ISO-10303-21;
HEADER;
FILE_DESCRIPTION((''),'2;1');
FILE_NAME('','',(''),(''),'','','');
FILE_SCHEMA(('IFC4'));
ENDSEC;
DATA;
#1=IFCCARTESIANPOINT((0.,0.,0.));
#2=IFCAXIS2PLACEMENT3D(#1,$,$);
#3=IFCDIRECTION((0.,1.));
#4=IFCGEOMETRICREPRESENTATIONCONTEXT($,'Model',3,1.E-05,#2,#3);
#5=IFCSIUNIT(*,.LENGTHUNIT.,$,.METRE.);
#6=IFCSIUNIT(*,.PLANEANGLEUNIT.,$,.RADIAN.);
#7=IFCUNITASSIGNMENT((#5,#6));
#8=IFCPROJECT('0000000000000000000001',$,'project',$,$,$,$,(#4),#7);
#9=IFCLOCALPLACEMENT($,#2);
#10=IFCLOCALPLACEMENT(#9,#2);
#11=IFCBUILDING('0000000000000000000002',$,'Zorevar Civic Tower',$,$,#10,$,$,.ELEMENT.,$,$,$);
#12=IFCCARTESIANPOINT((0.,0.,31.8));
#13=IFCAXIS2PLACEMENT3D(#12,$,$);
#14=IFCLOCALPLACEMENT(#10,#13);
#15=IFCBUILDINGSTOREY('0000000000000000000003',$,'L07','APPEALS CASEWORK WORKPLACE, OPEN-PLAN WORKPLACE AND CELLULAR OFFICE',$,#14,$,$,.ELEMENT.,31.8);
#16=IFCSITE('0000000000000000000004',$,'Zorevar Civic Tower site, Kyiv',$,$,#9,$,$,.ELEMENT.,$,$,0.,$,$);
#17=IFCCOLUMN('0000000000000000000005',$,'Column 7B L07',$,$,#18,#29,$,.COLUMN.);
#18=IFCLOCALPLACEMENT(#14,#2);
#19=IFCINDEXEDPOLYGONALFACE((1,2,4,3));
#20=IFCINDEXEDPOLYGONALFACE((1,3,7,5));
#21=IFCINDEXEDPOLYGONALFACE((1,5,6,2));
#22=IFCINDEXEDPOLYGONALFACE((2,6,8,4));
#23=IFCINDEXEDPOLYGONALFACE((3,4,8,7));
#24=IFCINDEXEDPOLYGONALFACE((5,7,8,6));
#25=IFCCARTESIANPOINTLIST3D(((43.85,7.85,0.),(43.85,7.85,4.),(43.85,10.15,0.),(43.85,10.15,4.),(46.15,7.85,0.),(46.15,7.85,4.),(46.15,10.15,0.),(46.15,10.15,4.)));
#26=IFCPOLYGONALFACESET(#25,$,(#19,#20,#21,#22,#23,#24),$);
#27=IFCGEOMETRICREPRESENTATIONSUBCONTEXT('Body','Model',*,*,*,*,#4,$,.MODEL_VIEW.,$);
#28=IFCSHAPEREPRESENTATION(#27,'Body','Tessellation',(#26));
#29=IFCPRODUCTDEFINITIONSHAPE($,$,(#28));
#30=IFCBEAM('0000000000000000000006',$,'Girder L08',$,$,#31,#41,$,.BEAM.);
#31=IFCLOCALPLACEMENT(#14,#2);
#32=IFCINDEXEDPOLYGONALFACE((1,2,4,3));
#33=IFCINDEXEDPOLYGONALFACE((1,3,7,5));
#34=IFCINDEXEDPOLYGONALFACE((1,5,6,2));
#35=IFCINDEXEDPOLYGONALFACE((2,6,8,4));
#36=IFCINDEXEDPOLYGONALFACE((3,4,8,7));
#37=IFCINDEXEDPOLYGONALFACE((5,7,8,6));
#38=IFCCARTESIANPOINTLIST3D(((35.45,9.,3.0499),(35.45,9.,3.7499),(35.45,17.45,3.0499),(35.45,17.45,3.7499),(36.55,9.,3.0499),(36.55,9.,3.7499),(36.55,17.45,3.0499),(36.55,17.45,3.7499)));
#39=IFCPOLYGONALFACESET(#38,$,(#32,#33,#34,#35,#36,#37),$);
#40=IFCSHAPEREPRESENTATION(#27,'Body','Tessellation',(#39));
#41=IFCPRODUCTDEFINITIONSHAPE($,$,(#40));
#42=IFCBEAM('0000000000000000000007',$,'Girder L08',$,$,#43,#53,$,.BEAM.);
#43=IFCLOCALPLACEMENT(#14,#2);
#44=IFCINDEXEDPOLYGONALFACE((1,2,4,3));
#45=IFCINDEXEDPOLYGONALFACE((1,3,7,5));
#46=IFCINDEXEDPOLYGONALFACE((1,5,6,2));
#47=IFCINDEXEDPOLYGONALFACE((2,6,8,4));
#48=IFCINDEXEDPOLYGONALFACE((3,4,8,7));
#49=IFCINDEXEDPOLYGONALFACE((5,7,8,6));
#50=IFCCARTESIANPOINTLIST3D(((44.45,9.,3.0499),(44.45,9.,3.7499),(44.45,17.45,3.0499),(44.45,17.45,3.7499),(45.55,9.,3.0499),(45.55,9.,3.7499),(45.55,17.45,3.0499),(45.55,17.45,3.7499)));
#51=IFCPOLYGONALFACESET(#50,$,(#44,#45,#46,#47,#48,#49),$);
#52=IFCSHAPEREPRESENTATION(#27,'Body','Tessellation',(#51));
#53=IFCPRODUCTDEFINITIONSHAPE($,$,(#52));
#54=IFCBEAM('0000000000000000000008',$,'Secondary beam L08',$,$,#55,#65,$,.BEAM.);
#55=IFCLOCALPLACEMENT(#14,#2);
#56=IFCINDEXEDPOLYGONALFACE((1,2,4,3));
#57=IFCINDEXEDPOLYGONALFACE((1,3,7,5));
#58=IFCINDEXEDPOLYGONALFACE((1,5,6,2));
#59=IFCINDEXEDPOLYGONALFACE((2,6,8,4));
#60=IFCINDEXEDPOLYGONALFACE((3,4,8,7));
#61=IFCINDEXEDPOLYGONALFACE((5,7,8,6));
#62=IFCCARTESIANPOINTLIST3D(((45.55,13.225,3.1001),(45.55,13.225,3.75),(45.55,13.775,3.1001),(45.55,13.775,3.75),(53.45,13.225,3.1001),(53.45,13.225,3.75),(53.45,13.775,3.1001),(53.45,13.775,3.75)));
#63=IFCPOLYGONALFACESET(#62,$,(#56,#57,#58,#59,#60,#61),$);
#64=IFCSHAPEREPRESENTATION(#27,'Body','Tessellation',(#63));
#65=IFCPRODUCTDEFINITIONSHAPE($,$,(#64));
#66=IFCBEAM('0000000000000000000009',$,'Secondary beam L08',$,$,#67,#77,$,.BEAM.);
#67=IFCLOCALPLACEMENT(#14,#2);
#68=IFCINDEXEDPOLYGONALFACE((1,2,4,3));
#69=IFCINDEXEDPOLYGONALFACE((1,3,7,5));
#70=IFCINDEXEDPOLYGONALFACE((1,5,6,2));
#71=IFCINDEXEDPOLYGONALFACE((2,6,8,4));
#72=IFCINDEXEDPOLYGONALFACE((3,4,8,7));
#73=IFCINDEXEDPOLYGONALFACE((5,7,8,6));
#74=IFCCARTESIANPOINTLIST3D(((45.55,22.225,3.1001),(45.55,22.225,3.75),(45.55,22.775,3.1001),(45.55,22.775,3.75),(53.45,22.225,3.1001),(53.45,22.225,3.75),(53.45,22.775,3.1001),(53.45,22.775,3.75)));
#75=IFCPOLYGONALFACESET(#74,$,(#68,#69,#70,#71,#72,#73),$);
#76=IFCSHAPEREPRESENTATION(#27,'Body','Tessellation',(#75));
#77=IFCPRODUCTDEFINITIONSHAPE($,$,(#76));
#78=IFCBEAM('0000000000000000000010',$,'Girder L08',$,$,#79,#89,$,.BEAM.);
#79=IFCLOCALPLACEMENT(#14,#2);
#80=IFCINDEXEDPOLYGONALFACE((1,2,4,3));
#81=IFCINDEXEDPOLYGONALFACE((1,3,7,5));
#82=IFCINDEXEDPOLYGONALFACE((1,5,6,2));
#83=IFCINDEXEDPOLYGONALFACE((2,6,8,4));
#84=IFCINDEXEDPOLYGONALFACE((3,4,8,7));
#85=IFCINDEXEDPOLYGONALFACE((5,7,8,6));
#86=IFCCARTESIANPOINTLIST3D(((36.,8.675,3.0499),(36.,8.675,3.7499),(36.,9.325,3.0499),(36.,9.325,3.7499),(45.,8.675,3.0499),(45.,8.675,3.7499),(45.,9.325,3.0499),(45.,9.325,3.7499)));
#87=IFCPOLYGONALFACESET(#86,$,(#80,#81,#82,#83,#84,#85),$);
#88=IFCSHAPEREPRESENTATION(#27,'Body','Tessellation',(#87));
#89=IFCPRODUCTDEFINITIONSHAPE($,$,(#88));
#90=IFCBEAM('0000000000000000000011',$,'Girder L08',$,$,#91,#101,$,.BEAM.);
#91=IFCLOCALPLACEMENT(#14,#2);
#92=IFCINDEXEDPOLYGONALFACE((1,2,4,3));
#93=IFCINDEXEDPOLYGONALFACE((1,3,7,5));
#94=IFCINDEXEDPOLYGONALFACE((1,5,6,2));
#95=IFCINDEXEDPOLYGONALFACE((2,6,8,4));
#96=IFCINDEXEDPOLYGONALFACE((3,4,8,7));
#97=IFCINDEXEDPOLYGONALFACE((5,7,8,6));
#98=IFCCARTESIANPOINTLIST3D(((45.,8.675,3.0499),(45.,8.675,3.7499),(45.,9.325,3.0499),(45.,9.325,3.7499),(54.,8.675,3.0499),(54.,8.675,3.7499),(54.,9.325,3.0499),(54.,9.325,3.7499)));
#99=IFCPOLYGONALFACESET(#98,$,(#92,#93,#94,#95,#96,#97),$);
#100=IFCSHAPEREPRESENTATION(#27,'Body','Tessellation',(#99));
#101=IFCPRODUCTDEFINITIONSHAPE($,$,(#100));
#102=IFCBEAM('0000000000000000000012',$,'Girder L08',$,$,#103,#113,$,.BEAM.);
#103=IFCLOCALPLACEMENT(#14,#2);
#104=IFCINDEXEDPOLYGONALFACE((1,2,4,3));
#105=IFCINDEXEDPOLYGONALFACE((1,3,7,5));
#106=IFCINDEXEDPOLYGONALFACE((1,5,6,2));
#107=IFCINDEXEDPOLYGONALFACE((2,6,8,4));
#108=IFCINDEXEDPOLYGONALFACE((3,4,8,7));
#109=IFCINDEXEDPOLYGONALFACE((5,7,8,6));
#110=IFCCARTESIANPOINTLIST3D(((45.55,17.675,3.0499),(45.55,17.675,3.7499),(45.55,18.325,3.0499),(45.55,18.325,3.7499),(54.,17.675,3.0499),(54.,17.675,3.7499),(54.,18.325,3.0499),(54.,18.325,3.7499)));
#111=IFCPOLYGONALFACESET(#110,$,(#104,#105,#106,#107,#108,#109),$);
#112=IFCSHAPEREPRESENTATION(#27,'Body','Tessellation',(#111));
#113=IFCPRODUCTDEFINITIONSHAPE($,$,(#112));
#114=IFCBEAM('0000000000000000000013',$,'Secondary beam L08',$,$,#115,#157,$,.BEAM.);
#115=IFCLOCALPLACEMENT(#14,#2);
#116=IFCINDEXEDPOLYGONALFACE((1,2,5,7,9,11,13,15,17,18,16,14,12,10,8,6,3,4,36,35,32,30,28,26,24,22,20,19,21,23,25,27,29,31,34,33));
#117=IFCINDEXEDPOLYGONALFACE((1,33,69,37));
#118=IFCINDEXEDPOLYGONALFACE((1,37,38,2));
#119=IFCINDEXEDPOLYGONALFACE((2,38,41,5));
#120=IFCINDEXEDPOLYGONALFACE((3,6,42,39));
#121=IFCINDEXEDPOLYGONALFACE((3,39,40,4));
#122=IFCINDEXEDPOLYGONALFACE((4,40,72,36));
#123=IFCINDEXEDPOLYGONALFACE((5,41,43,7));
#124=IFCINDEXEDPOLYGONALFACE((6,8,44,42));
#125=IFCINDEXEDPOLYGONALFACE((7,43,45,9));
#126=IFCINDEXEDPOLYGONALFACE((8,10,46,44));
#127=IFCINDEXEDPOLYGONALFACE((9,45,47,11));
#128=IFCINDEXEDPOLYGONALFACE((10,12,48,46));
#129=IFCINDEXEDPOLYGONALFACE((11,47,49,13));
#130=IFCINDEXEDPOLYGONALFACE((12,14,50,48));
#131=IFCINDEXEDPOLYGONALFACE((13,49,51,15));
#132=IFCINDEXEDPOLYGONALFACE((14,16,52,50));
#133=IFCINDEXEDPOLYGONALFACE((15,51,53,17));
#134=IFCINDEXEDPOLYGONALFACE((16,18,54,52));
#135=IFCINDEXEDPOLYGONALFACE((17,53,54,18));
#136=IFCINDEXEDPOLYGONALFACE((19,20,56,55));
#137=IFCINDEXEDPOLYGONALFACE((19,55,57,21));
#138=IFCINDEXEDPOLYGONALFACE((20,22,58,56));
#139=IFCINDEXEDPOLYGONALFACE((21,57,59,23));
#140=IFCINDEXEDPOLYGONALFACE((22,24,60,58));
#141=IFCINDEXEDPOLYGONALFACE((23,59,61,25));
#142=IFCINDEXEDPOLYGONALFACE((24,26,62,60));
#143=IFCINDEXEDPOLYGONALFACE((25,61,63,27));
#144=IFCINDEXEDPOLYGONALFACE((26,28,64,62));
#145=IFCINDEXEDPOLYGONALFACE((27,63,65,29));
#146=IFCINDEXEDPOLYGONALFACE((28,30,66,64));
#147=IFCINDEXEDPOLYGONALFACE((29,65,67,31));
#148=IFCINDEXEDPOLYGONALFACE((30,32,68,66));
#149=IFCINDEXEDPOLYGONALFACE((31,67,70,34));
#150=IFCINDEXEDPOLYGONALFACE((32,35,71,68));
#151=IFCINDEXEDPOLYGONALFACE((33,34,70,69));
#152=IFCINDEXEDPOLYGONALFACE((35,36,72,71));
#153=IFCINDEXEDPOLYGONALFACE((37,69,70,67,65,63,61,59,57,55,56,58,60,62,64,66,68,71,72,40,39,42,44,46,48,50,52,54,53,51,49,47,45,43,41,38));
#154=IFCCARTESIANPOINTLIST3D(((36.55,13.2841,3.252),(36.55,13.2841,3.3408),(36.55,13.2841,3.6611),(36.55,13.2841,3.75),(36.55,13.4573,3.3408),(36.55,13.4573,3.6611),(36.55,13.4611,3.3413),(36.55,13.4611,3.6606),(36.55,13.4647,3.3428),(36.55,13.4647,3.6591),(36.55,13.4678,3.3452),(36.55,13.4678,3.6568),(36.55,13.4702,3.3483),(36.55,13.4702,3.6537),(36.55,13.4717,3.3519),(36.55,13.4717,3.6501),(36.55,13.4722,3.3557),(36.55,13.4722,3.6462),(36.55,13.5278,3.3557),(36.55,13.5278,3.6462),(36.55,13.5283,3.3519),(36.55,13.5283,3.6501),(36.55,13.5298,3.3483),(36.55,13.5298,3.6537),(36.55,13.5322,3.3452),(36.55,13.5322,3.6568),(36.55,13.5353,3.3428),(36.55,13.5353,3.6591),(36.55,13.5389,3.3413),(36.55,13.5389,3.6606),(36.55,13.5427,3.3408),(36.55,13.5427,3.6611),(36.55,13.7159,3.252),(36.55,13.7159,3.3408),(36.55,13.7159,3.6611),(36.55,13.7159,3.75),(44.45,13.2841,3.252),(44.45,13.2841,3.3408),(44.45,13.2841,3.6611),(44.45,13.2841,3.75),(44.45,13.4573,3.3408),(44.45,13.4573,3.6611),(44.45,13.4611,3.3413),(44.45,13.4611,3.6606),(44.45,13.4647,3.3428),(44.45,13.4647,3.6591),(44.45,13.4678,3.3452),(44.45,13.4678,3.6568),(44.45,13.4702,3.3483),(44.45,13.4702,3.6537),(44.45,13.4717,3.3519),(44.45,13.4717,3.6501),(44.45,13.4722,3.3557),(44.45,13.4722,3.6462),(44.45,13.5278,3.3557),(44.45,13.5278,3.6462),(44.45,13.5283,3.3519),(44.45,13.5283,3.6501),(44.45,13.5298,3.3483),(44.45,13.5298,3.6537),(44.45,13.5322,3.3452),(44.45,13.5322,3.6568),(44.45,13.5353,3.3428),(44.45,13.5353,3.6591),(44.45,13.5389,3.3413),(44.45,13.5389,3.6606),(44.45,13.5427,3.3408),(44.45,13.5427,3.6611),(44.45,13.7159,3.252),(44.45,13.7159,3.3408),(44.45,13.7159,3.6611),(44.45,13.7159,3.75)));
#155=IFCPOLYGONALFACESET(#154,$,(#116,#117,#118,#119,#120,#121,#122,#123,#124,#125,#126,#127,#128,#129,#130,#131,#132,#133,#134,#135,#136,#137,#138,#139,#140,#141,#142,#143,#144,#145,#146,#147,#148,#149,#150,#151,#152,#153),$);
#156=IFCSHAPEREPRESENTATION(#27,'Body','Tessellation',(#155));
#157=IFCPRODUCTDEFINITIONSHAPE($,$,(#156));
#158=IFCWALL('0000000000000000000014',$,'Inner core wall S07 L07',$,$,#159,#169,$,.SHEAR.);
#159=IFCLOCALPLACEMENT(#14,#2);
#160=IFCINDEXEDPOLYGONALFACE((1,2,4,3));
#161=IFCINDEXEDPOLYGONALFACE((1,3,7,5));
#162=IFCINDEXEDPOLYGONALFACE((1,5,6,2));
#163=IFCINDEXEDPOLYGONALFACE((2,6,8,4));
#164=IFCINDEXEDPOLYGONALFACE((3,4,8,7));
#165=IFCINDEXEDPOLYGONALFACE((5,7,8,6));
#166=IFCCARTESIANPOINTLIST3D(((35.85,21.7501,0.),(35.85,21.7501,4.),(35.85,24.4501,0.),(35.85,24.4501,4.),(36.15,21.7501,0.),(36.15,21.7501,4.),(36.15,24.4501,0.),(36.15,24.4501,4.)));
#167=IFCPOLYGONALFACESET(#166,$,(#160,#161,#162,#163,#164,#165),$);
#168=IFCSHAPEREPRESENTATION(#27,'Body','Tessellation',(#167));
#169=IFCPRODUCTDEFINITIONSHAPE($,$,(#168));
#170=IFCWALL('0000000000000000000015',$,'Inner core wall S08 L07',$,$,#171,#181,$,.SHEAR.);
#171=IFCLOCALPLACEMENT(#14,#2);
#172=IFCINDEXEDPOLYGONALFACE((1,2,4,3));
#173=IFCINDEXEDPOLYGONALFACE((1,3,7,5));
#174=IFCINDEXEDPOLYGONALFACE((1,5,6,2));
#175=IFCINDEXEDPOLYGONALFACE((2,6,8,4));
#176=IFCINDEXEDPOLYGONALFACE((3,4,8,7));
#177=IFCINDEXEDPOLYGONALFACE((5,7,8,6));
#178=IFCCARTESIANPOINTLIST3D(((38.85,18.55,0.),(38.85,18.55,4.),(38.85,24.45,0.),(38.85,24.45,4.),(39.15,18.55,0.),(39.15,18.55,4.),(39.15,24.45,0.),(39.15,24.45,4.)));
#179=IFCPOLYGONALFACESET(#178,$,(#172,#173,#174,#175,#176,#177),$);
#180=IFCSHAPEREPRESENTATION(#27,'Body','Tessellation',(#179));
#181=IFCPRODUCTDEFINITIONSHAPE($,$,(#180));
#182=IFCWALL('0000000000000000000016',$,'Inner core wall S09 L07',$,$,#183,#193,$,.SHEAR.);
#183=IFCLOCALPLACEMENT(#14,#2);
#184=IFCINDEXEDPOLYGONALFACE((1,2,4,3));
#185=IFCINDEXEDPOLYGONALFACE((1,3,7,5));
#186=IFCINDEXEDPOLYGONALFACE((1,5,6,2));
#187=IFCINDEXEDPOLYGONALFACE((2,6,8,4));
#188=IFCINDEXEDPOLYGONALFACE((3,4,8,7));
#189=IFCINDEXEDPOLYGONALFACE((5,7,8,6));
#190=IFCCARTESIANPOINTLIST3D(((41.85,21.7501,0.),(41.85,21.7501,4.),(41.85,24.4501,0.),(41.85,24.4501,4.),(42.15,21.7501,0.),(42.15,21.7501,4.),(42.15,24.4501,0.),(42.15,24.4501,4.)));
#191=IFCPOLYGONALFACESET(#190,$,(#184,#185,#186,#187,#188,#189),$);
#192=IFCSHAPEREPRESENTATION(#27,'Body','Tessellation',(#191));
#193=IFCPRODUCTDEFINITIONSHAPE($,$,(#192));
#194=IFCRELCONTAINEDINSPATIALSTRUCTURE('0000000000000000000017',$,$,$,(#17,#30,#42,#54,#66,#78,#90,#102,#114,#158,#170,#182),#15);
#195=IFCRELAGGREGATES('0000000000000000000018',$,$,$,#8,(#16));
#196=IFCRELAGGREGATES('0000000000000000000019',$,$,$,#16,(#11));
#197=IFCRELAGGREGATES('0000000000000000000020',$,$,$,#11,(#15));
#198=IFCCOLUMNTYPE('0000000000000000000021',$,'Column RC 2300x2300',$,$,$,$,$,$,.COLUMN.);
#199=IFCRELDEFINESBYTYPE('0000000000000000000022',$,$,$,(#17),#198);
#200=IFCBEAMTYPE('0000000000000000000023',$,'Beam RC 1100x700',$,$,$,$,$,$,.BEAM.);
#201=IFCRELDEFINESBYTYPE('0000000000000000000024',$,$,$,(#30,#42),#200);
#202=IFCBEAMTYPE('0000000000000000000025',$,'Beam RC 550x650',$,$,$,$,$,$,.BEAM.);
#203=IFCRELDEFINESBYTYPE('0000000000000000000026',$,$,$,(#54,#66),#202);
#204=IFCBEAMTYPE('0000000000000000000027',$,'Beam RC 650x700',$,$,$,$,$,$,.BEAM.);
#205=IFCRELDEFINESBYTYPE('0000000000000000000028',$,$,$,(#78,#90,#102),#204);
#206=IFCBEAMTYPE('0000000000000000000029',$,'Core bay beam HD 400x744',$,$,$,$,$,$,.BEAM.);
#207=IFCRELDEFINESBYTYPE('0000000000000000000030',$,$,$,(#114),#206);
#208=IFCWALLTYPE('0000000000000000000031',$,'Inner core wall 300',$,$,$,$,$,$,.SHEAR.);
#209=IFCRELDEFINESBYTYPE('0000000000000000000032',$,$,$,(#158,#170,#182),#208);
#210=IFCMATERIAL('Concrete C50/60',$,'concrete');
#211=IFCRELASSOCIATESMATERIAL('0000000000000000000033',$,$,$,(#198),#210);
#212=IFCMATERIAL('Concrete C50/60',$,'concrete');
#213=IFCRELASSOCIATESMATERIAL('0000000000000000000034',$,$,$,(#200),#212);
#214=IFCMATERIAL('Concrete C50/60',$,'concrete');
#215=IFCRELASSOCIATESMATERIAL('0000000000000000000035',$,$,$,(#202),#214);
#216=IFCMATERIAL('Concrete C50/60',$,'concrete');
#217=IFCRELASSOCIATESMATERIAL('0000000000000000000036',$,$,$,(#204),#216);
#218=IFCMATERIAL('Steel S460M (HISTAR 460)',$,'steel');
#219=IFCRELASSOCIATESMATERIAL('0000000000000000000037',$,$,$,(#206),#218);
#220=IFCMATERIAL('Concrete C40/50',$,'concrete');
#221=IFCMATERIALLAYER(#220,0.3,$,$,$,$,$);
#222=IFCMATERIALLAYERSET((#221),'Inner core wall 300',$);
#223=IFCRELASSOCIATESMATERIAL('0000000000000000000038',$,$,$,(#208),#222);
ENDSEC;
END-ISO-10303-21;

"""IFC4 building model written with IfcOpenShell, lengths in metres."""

from ifc_helpers import new_model, si_unit, direction, frame, frame_2d, origin, origin_2d, place, context, subcontext, project, spatial, rectangle, i_section, extrude, material, layer, layer_set, material_profile, profile_set, type_object, element, save


model = new_model("IFC4")

# Units and contexts
model_context = context("Model", 3, precision=1e-05, world=origin(), true_north=direction((0.0, 1.0)))
body_context = subcontext(model_context, "Body", "Model", "MODEL_VIEW")
ifc_project = project(units=[si_unit("LENGTHUNIT", "METRE"), si_unit("PLANEANGLEUNIT", "RADIAN")], contexts=[model_context])

# Site, building, storey
site_placement = place(None, origin())
site = spatial("IfcSite", under=ifc_project, at=site_placement, Name="Zorevar Civic Tower site, Kyiv", CompositionType="ELEMENT", RefElevation=0.0)
building_placement = place(site_placement, origin())
building = spatial("IfcBuilding", under=site, at=building_placement, Name="Zorevar Civic Tower", CompositionType="ELEMENT")
storey_placement = place(building_placement, frame((0.0, 0.0, 31.8)))
storey = spatial("IfcBuildingStorey", under=building, at=storey_placement, Name="L07", Description="APPEALS CASEWORK WORKPLACE, OPEN-PLAN WORKPLACE AND CELLULAR OFFICE", CompositionType="ELEMENT", Elevation=31.8)

# Column
ifc_material_1 = material(Name="Concrete C50/60", Category="concrete")
ifc_material_profile_1 = material_profile(ifc_material_1, rectangle(XDim=2.3, YDim=2.3, at=origin_2d()), Name="RC 2300x2300")
ifc_profile_set_1 = profile_set([ifc_material_profile_1], Name="Concrete C50/60")
column_type = type_object("IfcColumnType", Name="Column RC 2300x2300", PredefinedType="COLUMN", material=ifc_profile_set_1)
column_placement = place(storey_placement, frame((45.0, 9.0, 0.0), z_axis=(0.0, 0.0, 1.0), x_axis=(1.0, 0.0, 0.0)))
element("IfcColumn", 1, at=column_placement, inside=storey, type_object=column_type, Name="Column 7B L07", PredefinedType="COLUMN", context=body_context, shape_type="SweptSolid", body=[
    extrude(rectangle(XDim=2.3, YDim=2.3, at=origin_2d()), origin(), (0.0, 0.0, 1.0), 4.0),
])

# Beams
ifc_material_2 = material(Name="Concrete C50/60", Category="concrete")
ifc_material_profile_2 = material_profile(ifc_material_2, rectangle(XDim=1.1001, YDim=0.7, at=origin_2d()), Name="RC 1100x700")
ifc_profile_set_2 = profile_set([ifc_material_profile_2], Name="Concrete C50/60")
beam_type_1 = type_object("IfcBeamType", Name="Beam RC 1100x700", PredefinedType="BEAM", material=ifc_profile_set_2)
for number, where, z_axis, x_axis, name in (
    (2, (36.0, 9.0, 3.3999), (0.0, 1.0, 0.0), (-1.0, 0.0, 0.0), "Girder L08"),
    (3, (45.0, 9.0, 3.3999), (0.0, 1.0, 0.0), (-1.0, 0.0, 0.0), "Girder L08"),
):
    element("IfcBeam", number, at=place(storey_placement, frame(where, z_axis=z_axis, x_axis=x_axis)), inside=storey, type_object=beam_type_1, Name=name, PredefinedType="BEAM", context=body_context, shape_type="SweptSolid", body=[
        extrude(rectangle(XDim=1.1001, YDim=0.7, at=origin_2d()), origin(), (0.0, 0.0, 1.0), 8.45),
    ])
ifc_material_3 = material(Name="Concrete C50/60", Category="concrete")
ifc_material_profile_3 = material_profile(ifc_material_3, rectangle(XDim=0.55, YDim=0.6499, at=origin_2d()), Name="RC 550x650")
ifc_profile_set_3 = profile_set([ifc_material_profile_3], Name="Concrete C50/60")
beam_type_2 = type_object("IfcBeamType", Name="Beam RC 550x650", PredefinedType="BEAM", material=ifc_profile_set_3)
for number, where, z_axis, x_axis, name in (
    (4, (45.55, 13.5, 3.425), (1.0, 0.0, 0.0), (0.0, 1.0, 0.0), "Secondary beam L08"),
    (5, (45.55, 22.5, 3.425), (1.0, 0.0, 0.0), (0.0, 1.0, 0.0), "Secondary beam L08"),
):
    element("IfcBeam", number, at=place(storey_placement, frame(where, z_axis=z_axis, x_axis=x_axis)), inside=storey, type_object=beam_type_2, Name=name, PredefinedType="BEAM", context=body_context, shape_type="SweptSolid", body=[
        extrude(rectangle(XDim=0.55, YDim=0.6499, at=origin_2d()), origin(), (0.0, 0.0, 1.0), 7.8999),
    ])
ifc_material_4 = material(Name="Concrete C50/60", Category="concrete")
ifc_material_profile_4 = material_profile(ifc_material_4, rectangle(XDim=0.6499, YDim=0.7, at=origin_2d()), Name="RC 650x700")
ifc_profile_set_4 = profile_set([ifc_material_profile_4], Name="Concrete C50/60")
beam_type_3 = type_object("IfcBeamType", Name="Beam RC 650x700", PredefinedType="BEAM", material=ifc_profile_set_4)
for number, where, z_axis, x_axis, name in (
    (6, (36.0, 9.0, 3.3999), (1.0, 0.0, 0.0), (0.0, 1.0, 0.0), "Girder L08"),
    (7, (45.0, 9.0, 3.3999), (1.0, 0.0, 0.0), (0.0, 1.0, 0.0), "Girder L08"),
):
    element("IfcBeam", number, at=place(storey_placement, frame(where, z_axis=z_axis, x_axis=x_axis)), inside=storey, type_object=beam_type_3, Name=name, PredefinedType="BEAM", context=body_context, shape_type="SweptSolid", body=[
        extrude(rectangle(XDim=0.6499, YDim=0.7, at=origin_2d()), origin(), (0.0, 0.0, 1.0), 9.0),
    ])
beam_1_placement = place(storey_placement, frame((45.55, 18.0, 3.3999), z_axis=(1.0, 0.0, 0.0), x_axis=(0.0, 1.0, 0.0)))
element("IfcBeam", 8, at=beam_1_placement, inside=storey, type_object=beam_type_3, Name="Girder L08", PredefinedType="BEAM", context=body_context, shape_type="SweptSolid", body=[
    extrude(rectangle(XDim=0.6499, YDim=0.7, at=origin_2d()), origin(), (0.0, 0.0, 1.0), 8.45),
])
ifc_material_5 = material(Name="Steel S460M (HISTAR 460)", Category="steel")
ifc_material_profile_5 = material_profile(ifc_material_5, i_section(OverallWidth=0.4319, OverallDepth=0.498, WebThickness=0.0557, FlangeThickness=0.0889, FilletRadius=0.0149, at=origin_2d()), Name="HD 400x744")
ifc_profile_set_5 = profile_set([ifc_material_profile_5], Name="Steel S460M (HISTAR 460)")
beam_type_4 = type_object("IfcBeamType", Name="Core bay beam HD 400x744", PredefinedType="BEAM", material=ifc_profile_set_5)
beam_2_placement = place(storey_placement, frame((36.55, 13.5, 3.501), z_axis=(1.0, 0.0, 0.0), x_axis=(0.0, 1.0, 0.0)))
element("IfcBeam", 9, at=beam_2_placement, inside=storey, type_object=beam_type_4, Name="Secondary beam L08", PredefinedType="BEAM", context=body_context, shape_type="SweptSolid", body=[
    extrude(i_section(OverallWidth=0.4319, OverallDepth=0.498, WebThickness=0.0557, FlangeThickness=0.0889, FilletRadius=0.0149, at=origin_2d()), origin(), (0.0, 0.0, 1.0), 7.8999),
])

# Walls
ifc_material_6 = material(Name="Concrete C40/50", Category="concrete")
ifc_layer_1 = layer(ifc_material_6, 0.3)
ifc_layer_set_1 = layer_set([ifc_layer_1], Name="Inner core wall 300")
wall_type_1 = type_object("IfcWallType", Name="Inner core wall 300", PredefinedType="SHEAR", material=ifc_layer_set_1)
wall_1_placement = place(storey_placement, frame((36.0, 21.75, 0.0), z_axis=(0.0, 0.0, 1.0), x_axis=(0.0, 1.0, 0.0)))
element("IfcWall", 10, at=wall_1_placement, inside=storey, type_object=wall_type_1, Name="Inner core wall S07 L07", PredefinedType="SHEAR", context=body_context, shape_type="SweptSolid", body=[
    extrude(rectangle(XDim=2.7, YDim=0.3, at=frame_2d((1.3501, 0.0))), origin(), (0.0, 0.0, 1.0), 4.0),
])
wall_2_placement = place(storey_placement, frame((39.0, 18.55, 0.0), z_axis=(0.0, 0.0, 1.0), x_axis=(0.0, 1.0, 0.0)))
element("IfcWall", 11, at=wall_2_placement, inside=storey, type_object=wall_type_1, Name="Inner core wall S08 L07", PredefinedType="SHEAR", context=body_context, shape_type="SweptSolid", body=[
    extrude(rectangle(XDim=5.8999, YDim=0.3, at=frame_2d((2.95, 0.0))), origin(), (0.0, 0.0, 1.0), 4.0),
])
wall_3_placement = place(storey_placement, frame((42.0, 21.75, 0.0), z_axis=(0.0, 0.0, 1.0), x_axis=(0.0, 1.0, 0.0)))
element("IfcWall", 12, at=wall_3_placement, inside=storey, type_object=wall_type_1, Name="Inner core wall S09 L07", PredefinedType="SHEAR", context=body_context, shape_type="SweptSolid", body=[
    extrude(rectangle(XDim=2.7, YDim=0.3, at=frame_2d((1.3501, 0.0))), origin(), (0.0, 0.0, 1.0), 4.0),
])

save(model, "model.ifc")
